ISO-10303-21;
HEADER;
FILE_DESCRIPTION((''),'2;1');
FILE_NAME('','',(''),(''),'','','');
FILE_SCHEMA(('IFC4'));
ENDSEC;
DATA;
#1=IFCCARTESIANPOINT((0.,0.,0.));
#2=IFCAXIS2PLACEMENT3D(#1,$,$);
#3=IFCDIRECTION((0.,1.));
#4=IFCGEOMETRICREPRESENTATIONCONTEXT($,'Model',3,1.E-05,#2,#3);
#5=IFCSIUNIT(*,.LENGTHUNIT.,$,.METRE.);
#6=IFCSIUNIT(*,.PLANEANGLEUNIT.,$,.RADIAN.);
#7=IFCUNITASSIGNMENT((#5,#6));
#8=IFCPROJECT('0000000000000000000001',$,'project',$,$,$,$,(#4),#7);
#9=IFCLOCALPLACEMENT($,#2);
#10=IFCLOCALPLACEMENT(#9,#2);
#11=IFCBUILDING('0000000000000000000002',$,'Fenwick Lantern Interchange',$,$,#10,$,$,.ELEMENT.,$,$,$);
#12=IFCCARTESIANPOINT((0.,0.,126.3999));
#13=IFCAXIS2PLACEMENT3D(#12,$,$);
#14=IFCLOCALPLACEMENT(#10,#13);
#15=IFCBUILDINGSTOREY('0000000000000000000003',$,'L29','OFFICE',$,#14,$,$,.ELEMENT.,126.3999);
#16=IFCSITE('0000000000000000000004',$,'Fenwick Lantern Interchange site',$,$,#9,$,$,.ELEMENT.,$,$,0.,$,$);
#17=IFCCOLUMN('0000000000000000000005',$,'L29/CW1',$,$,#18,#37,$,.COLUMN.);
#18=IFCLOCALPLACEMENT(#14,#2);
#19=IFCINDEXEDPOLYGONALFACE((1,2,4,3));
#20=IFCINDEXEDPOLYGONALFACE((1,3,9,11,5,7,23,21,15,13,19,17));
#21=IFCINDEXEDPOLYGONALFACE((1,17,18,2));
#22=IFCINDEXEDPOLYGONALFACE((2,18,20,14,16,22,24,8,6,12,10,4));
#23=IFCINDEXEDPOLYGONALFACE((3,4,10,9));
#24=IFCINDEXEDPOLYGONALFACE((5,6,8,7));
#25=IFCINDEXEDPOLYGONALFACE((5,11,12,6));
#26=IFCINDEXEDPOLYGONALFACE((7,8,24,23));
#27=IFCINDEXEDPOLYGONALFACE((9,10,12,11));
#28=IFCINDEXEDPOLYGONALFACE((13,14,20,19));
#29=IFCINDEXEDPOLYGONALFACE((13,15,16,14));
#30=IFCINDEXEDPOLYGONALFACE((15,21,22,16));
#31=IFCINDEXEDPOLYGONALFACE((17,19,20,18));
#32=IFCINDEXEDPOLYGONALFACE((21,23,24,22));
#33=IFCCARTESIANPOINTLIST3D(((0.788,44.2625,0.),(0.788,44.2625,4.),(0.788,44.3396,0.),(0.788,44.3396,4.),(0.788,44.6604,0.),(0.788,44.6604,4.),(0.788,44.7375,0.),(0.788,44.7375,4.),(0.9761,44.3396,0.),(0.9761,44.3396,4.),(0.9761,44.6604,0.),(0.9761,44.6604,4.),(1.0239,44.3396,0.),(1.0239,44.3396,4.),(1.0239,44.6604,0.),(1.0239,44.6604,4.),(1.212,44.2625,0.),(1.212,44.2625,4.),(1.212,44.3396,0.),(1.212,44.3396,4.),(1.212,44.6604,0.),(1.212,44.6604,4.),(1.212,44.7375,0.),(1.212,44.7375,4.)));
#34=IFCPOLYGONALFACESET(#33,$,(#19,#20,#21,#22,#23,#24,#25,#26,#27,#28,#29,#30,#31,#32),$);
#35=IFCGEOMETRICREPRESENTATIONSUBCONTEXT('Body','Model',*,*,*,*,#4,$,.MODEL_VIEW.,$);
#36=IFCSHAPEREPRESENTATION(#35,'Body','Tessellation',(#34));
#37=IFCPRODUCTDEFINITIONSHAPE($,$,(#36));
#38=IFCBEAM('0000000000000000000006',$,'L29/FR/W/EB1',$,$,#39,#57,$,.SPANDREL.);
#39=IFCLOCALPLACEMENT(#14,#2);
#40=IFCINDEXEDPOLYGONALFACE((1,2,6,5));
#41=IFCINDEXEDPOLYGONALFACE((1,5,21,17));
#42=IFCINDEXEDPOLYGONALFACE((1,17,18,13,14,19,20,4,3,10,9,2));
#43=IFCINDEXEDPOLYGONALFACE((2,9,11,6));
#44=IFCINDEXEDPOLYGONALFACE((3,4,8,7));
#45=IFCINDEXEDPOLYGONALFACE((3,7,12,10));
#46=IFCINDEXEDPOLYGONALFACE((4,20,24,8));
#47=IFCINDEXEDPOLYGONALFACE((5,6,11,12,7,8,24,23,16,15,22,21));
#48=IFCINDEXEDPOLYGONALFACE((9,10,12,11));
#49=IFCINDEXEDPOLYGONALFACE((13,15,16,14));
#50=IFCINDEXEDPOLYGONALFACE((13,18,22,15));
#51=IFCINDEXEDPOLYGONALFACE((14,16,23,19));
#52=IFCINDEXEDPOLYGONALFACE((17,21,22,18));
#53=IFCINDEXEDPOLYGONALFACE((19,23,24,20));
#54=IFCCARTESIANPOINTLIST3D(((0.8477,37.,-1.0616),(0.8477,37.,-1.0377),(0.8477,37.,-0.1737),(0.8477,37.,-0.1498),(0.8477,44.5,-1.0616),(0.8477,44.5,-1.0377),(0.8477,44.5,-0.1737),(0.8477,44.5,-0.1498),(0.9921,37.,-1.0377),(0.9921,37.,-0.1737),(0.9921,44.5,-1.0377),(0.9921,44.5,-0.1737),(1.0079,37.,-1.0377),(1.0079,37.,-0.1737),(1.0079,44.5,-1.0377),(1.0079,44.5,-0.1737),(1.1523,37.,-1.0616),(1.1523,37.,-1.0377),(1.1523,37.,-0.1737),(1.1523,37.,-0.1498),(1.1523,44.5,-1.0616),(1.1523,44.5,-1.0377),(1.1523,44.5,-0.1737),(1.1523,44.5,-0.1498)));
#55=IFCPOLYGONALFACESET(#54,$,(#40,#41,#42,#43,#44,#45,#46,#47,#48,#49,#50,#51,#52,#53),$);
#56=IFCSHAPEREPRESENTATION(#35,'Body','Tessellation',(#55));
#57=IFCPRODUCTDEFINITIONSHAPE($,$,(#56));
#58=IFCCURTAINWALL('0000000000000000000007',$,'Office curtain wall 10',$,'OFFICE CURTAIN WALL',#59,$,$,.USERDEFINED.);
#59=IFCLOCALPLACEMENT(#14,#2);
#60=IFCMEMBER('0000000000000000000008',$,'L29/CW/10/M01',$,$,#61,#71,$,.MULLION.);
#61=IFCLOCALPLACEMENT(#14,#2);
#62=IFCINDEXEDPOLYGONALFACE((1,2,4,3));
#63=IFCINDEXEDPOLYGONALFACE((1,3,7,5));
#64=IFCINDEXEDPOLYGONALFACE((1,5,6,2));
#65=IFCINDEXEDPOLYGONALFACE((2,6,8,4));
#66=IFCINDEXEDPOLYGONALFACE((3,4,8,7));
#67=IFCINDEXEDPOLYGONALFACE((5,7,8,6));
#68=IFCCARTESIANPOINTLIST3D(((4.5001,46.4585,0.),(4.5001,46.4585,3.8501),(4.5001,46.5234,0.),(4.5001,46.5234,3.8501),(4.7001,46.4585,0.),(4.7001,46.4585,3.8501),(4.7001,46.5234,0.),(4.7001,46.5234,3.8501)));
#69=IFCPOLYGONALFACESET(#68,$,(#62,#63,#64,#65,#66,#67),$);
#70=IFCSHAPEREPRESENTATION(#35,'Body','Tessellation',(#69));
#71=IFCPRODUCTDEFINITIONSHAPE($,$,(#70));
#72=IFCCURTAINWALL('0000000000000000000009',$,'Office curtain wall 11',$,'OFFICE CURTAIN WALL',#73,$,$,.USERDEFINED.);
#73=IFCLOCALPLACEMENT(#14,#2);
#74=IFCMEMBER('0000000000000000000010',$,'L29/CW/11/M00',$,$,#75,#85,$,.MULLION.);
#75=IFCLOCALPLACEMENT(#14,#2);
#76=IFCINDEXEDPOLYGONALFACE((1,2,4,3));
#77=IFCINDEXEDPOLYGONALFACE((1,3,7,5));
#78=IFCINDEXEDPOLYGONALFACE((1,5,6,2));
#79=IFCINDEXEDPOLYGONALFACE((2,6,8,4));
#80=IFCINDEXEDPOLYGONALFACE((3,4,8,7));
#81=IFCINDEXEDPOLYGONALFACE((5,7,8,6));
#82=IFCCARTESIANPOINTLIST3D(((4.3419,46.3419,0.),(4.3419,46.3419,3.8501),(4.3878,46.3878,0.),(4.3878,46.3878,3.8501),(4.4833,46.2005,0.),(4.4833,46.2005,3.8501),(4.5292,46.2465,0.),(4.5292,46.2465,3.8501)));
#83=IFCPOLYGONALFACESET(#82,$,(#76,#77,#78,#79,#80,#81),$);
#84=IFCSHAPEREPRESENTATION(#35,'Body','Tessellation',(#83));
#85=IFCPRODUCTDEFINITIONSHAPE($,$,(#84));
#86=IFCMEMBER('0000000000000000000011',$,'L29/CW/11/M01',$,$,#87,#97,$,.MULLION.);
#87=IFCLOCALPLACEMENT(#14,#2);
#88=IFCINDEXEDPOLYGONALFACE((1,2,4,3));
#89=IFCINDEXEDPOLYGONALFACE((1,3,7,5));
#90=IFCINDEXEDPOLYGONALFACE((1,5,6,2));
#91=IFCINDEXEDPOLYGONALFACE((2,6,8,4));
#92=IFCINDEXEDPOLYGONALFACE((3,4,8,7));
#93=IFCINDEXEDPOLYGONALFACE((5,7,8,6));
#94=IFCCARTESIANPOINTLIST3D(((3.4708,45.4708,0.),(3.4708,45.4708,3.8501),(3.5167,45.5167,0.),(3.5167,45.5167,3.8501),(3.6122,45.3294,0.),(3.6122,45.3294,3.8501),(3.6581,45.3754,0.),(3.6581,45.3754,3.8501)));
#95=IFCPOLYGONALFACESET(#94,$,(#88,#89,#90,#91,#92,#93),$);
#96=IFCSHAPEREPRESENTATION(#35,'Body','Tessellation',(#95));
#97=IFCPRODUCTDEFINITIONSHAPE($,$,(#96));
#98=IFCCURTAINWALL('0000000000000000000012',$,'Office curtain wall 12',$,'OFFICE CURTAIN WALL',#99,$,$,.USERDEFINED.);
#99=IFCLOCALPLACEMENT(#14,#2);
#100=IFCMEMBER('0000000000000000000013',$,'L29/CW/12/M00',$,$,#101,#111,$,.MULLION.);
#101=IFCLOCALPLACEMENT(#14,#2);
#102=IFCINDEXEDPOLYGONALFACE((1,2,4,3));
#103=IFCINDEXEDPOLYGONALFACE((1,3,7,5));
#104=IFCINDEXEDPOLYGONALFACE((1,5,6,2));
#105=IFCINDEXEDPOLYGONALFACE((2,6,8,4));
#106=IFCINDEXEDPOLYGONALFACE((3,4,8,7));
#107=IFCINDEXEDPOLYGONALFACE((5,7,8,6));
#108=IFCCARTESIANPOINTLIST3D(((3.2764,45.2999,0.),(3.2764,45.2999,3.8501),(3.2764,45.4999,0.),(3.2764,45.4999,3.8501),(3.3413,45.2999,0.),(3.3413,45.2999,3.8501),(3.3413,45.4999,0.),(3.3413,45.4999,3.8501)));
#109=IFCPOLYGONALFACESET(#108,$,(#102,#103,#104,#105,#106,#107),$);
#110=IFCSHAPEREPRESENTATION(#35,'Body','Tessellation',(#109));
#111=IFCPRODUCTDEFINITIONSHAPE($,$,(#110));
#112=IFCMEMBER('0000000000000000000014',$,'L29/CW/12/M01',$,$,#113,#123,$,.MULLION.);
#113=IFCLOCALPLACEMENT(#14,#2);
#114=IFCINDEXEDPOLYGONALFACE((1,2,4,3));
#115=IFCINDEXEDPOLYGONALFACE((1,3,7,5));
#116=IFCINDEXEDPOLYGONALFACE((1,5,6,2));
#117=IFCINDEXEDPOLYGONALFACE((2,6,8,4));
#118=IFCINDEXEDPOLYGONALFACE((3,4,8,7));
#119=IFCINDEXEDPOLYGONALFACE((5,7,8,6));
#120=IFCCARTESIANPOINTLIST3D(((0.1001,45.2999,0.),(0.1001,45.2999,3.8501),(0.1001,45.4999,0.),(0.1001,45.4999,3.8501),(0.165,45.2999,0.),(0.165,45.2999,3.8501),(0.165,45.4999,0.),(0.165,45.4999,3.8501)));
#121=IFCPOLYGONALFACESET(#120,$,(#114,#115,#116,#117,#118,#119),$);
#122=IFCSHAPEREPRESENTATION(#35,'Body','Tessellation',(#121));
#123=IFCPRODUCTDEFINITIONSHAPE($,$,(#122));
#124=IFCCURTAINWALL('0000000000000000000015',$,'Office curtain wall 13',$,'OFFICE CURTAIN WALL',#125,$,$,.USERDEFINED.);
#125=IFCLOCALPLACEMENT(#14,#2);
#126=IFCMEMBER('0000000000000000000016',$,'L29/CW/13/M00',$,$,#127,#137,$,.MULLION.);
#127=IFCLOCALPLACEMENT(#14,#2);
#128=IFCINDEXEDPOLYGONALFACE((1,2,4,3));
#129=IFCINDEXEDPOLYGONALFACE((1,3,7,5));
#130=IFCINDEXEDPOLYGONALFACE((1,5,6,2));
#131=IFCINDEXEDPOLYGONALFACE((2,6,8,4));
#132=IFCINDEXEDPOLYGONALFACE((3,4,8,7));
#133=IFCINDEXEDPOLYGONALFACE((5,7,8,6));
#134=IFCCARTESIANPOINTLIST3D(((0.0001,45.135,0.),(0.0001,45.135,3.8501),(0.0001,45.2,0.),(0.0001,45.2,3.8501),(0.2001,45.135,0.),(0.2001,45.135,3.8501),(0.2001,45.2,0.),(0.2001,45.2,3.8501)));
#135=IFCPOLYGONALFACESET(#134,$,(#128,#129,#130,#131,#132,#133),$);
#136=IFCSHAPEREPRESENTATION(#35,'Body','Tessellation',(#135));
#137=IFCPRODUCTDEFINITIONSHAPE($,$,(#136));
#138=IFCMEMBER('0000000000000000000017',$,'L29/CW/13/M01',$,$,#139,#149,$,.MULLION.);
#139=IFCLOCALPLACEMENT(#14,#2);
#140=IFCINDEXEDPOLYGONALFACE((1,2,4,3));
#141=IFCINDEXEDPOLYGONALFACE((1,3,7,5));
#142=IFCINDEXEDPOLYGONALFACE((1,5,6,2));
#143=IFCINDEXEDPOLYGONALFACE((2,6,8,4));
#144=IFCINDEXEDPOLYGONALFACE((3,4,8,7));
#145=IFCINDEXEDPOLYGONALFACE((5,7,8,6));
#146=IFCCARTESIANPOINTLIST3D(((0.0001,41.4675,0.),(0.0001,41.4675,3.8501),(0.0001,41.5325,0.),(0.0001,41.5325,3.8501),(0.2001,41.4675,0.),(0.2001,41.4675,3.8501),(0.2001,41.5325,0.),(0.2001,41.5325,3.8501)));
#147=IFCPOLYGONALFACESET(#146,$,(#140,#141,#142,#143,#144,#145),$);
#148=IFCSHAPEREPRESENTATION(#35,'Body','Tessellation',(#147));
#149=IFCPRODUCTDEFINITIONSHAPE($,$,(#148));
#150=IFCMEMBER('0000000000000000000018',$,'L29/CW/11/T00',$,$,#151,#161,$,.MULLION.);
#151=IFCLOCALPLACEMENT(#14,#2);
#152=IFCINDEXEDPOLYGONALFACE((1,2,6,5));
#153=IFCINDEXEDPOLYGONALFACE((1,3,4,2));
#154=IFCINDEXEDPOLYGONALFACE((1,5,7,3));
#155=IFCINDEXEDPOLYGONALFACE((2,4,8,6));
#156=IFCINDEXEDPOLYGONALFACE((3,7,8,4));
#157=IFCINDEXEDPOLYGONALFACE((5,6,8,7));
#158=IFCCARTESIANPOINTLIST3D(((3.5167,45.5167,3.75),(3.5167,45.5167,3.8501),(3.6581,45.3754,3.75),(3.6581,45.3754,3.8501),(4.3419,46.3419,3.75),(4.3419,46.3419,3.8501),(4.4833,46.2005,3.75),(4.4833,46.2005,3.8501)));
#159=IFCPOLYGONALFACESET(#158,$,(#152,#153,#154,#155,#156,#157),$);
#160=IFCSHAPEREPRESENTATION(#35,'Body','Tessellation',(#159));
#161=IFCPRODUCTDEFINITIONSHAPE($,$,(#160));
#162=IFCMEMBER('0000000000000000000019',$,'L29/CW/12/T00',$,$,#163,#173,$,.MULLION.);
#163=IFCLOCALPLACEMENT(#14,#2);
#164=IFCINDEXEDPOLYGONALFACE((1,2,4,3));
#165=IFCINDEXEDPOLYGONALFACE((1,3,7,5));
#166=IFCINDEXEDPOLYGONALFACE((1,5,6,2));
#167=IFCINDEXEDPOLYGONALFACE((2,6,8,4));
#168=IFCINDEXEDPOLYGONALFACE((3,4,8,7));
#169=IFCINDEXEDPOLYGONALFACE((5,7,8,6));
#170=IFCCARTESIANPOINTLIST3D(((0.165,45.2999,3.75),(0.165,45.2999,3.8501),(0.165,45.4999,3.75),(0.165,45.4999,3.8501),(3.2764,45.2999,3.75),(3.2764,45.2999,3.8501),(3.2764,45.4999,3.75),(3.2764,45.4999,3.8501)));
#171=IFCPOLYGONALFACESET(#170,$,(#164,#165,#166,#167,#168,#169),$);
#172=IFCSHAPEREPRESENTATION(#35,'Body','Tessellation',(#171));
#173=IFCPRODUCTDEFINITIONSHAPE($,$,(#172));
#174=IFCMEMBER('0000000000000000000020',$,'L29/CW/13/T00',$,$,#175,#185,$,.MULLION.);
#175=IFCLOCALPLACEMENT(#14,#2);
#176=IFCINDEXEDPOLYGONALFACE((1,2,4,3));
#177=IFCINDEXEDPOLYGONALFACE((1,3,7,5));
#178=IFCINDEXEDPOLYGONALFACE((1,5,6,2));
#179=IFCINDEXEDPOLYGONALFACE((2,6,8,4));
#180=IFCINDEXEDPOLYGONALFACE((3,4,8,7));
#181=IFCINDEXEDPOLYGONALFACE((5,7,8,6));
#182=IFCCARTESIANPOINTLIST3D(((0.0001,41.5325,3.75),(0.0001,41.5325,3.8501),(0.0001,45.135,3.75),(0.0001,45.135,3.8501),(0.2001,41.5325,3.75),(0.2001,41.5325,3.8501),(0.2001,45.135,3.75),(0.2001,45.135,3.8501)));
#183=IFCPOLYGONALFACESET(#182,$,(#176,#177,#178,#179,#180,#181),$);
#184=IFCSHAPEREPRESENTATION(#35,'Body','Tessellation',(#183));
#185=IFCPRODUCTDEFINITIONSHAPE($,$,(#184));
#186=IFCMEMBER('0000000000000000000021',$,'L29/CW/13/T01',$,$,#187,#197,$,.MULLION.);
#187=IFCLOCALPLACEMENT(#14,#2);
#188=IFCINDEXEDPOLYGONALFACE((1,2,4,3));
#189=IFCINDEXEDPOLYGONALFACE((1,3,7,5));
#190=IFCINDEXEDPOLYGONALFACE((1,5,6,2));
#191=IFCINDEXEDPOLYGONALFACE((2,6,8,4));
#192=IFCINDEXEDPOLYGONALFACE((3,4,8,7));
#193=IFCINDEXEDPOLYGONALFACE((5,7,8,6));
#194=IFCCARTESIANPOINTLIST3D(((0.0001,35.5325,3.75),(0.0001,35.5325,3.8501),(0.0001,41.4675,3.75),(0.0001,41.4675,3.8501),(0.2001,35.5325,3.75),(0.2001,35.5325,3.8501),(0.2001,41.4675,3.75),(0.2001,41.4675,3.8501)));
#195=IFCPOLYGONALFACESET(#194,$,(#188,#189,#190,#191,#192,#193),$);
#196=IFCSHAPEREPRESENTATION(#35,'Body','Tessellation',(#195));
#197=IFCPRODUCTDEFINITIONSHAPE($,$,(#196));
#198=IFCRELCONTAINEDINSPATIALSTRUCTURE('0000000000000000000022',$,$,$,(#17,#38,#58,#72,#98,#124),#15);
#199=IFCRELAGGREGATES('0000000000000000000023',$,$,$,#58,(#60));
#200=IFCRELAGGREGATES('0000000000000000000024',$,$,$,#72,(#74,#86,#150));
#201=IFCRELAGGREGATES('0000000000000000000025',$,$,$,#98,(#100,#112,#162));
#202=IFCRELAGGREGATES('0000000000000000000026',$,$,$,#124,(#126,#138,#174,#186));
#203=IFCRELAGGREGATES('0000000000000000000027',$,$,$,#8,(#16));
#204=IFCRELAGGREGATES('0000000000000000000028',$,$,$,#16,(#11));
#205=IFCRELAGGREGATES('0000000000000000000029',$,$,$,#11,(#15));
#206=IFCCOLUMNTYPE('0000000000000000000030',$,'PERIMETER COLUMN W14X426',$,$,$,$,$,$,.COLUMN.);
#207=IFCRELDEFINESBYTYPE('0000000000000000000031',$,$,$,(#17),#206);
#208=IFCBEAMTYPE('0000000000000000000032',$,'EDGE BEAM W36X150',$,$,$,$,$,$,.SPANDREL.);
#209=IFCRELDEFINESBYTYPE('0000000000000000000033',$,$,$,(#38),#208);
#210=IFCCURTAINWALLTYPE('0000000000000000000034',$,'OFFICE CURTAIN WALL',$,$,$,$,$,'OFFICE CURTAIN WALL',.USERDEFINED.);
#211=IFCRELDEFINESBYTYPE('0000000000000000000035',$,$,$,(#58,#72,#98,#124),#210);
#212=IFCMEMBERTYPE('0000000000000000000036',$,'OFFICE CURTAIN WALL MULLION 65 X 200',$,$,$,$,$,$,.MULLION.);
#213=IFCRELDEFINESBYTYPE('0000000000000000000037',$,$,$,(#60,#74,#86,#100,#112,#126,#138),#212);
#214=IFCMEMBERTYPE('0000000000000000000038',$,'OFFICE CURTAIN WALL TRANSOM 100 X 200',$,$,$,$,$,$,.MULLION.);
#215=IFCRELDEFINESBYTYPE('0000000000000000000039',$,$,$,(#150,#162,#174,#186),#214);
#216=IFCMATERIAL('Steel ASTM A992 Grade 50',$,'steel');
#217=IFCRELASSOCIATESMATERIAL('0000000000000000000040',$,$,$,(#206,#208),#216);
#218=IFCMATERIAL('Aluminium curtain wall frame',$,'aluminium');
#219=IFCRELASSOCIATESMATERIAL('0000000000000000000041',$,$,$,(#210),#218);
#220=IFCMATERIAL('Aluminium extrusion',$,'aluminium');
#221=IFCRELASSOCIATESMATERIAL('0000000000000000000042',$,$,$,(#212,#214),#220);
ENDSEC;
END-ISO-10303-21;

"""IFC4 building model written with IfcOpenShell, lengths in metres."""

from ifc_helpers import new_model, si_unit, direction, frame, origin, origin_2d, place, context, subcontext, project, spatial, rectangle, i_section, extrude, material, material_profile, profile_set, type_object, element, aggregate, save


model = new_model("IFC4")

# Units and contexts
model_context = context("Model", 3, precision=1e-05, world=origin(), true_north=direction((0.0, 1.0)))
body_context = subcontext(model_context, "Body", "Model", "MODEL_VIEW")
ifc_project = project(units=[si_unit("LENGTHUNIT", "METRE"), si_unit("PLANEANGLEUNIT", "RADIAN")], contexts=[model_context])

# Site, building, storey
site_placement = place(None, origin())
site = spatial("IfcSite", under=ifc_project, at=site_placement, Name="Fenwick Lantern Interchange site", CompositionType="ELEMENT", RefElevation=0.0)
building_placement = place(site_placement, origin())
building = spatial("IfcBuilding", under=site, at=building_placement, Name="Fenwick Lantern Interchange", CompositionType="ELEMENT")
storey_placement = place(building_placement, frame((0.0, 0.0, 126.3999)))
storey = spatial("IfcBuildingStorey", under=building, at=storey_placement, Name="L29", Description="OFFICE", CompositionType="ELEMENT", Elevation=126.3999)

# Column
ifc_material_1 = material(Name="Steel ASTM A992 Grade 50", Category="steel")
ifc_material_profile_1 = material_profile(ifc_material_1, i_section(OverallWidth=0.4241, OverallDepth=0.4751, WebThickness=0.0479, FlangeThickness=0.0771, at=origin_2d()), Name="W14X426")
ifc_profile_set_1 = profile_set([ifc_material_profile_1], Name="Steel ASTM A992 Grade 50")
column_type = type_object("IfcColumnType", Name="PERIMETER COLUMN W14X426", PredefinedType="COLUMN", material=ifc_profile_set_1)
column_placement = place(storey_placement, frame((1.0, 44.5, 0.0), z_axis=(0.0, 0.0, 1.0), x_axis=(1.0, 0.0, 0.0)))
element("IfcColumn", 1, at=column_placement, inside=storey, type_object=column_type, Name="L29/CW1", PredefinedType="COLUMN", context=body_context, shape_type="SweptSolid", body=[
    extrude(i_section(OverallWidth=0.4241, OverallDepth=0.4751, WebThickness=0.0479, FlangeThickness=0.0771, at=origin_2d()), origin(), (0.0, 0.0, 1.0), 4.0),
])

# Beam
ifc_material_profile_2 = material_profile(ifc_material_1, i_section(OverallWidth=0.3047, OverallDepth=0.9119, WebThickness=0.0159, FlangeThickness=0.0239, at=origin_2d()), Name="W36X150")
ifc_profile_set_2 = profile_set([ifc_material_profile_2], Name="Steel ASTM A992 Grade 50")
beam_type = type_object("IfcBeamType", Name="EDGE BEAM W36X150", PredefinedType="SPANDREL", material=ifc_profile_set_2)
beam_placement = place(storey_placement, frame((1.0, 44.5, -0.6057), z_axis=(0.0, -1.0, 0.0), x_axis=(1.0, 0.0, 0.0)))
element("IfcBeam", 2, at=beam_placement, inside=storey, type_object=beam_type, Name="L29/FR/W/EB1", PredefinedType="SPANDREL", context=body_context, shape_type="SweptSolid", body=[
    extrude(i_section(OverallWidth=0.3047, OverallDepth=0.9119, WebThickness=0.0159, FlangeThickness=0.0239, at=origin_2d()), origin(), (0.0, 0.0, 1.0), 7.5),
])

# Curtain wall, member
ifc_material_2 = material(Name="Aluminium curtain wall frame", Category="aluminium")
curtain_wall_type = type_object("IfcCurtainWallType", Name="OFFICE CURTAIN WALL", ElementType="OFFICE CURTAIN WALL", PredefinedType="USERDEFINED", material=ifc_material_2)
curtain_wall_1_placement = place(storey_placement, origin())
curtain_wall_1 = element("IfcCurtainWall", 3, at=curtain_wall_1_placement, inside=storey, type_object=curtain_wall_type, Name="Office curtain wall 10", ObjectType="OFFICE CURTAIN WALL", PredefinedType="USERDEFINED")
ifc_material_3 = material(Name="Aluminium extrusion", Category="aluminium")
ifc_material_profile_3 = material_profile(ifc_material_3, rectangle(XDim=0.2, YDim=0.0649, at=origin_2d()), Name="OFFICE CURTAIN WALL MULLION 65 X 200")
ifc_profile_set_3 = profile_set([ifc_material_profile_3], Name="Aluminium extrusion")
member_type_1 = type_object("IfcMemberType", Name="OFFICE CURTAIN WALL MULLION 65 X 200", PredefinedType="MULLION", material=ifc_profile_set_3)
member_1_placement = place(storey_placement, frame((4.6001, 46.491, 0.0), z_axis=(0.0, 0.0, 1.0), x_axis=(1.0, 0.0, 0.0)))
member_1 = element("IfcMember", 4, at=member_1_placement, type_object=member_type_1, Name="L29/CW/10/M01", PredefinedType="MULLION", context=body_context, shape_type="SweptSolid", body=[
    extrude(rectangle(XDim=0.2, YDim=0.0649, at=origin_2d()), origin(), (0.0, 0.0, 1.0), 3.8501),
])
aggregate(curtain_wall_1, [member_1])

# Curtain walls, members
curtain_wall_2_placement = place(storey_placement, origin())
curtain_wall_2 = element("IfcCurtainWall", 5, at=curtain_wall_2_placement, inside=storey, type_object=curtain_wall_type, Name="Office curtain wall 11", ObjectType="OFFICE CURTAIN WALL", PredefinedType="USERDEFINED")
member_2_placement = place(storey_placement, frame((4.4355, 46.2942, 0.0), z_axis=(0.0, 0.0, 1.0), x_axis=(0.707107, -0.707107, 0.0)))
member_2 = element("IfcMember", 6, at=member_2_placement, type_object=member_type_1, Name="L29/CW/11/M00", PredefinedType="MULLION", context=body_context, shape_type="SweptSolid", body=[
    extrude(rectangle(XDim=0.2, YDim=0.0649, at=origin_2d()), origin(), (0.0, 0.0, 1.0), 3.8501),
])
member_3_placement = place(storey_placement, frame((3.5645, 45.4231, 0.0), z_axis=(0.0, 0.0, 1.0), x_axis=(0.707107, -0.707107, 0.0)))
member_3 = element("IfcMember", 7, at=member_3_placement, type_object=member_type_1, Name="L29/CW/11/M01", PredefinedType="MULLION", context=body_context, shape_type="SweptSolid", body=[
    extrude(rectangle(XDim=0.2, YDim=0.0649, at=origin_2d()), origin(), (0.0, 0.0, 1.0), 3.8501),
])
curtain_wall_3_placement = place(storey_placement, origin())
curtain_wall_3 = element("IfcCurtainWall", 8, at=curtain_wall_3_placement, inside=storey, type_object=curtain_wall_type, Name="Office curtain wall 12", ObjectType="OFFICE CURTAIN WALL", PredefinedType="USERDEFINED")
member_4_placement = place(storey_placement, frame((3.3088, 45.3999, 0.0), z_axis=(0.0, 0.0, 1.0), x_axis=(0.0, -1.0, 0.0)))
member_4 = element("IfcMember", 9, at=member_4_placement, type_object=member_type_1, Name="L29/CW/12/M00", PredefinedType="MULLION", context=body_context, shape_type="SweptSolid", body=[
    extrude(rectangle(XDim=0.2, YDim=0.0649, at=origin_2d()), origin(), (0.0, 0.0, 1.0), 3.8501),
])
member_5_placement = place(storey_placement, frame((0.1326, 45.3999, 0.0), z_axis=(0.0, 0.0, 1.0), x_axis=(0.0, -1.0, 0.0)))
member_5 = element("IfcMember", 10, at=member_5_placement, type_object=member_type_1, Name="L29/CW/12/M01", PredefinedType="MULLION", context=body_context, shape_type="SweptSolid", body=[
    extrude(rectangle(XDim=0.2, YDim=0.0649, at=origin_2d()), origin(), (0.0, 0.0, 1.0), 3.8501),
])
curtain_wall_4_placement = place(storey_placement, origin())
curtain_wall_4 = element("IfcCurtainWall", 11, at=curtain_wall_4_placement, inside=storey, type_object=curtain_wall_type, Name="Office curtain wall 13", ObjectType="OFFICE CURTAIN WALL", PredefinedType="USERDEFINED")
member_6_placement = place(storey_placement, frame((0.1001, 45.1675, 0.0), z_axis=(0.0, 0.0, 1.0), x_axis=(1.0, 0.0, 0.0)))
member_6 = element("IfcMember", 12, at=member_6_placement, type_object=member_type_1, Name="L29/CW/13/M00", PredefinedType="MULLION", context=body_context, shape_type="SweptSolid", body=[
    extrude(rectangle(XDim=0.2, YDim=0.0649, at=origin_2d()), origin(), (0.0, 0.0, 1.0), 3.8501),
])
member_7_placement = place(storey_placement, frame((0.1001, 41.5, 0.0), z_axis=(0.0, 0.0, 1.0), x_axis=(1.0, 0.0, 0.0)))
member_7 = element("IfcMember", 13, at=member_7_placement, type_object=member_type_1, Name="L29/CW/13/M01", PredefinedType="MULLION", context=body_context, shape_type="SweptSolid", body=[
    extrude(rectangle(XDim=0.2, YDim=0.0649, at=origin_2d()), origin(), (0.0, 0.0, 1.0), 3.8501),
])

# Members
ifc_material_profile_4 = material_profile(ifc_material_3, rectangle(XDim=0.2, YDim=0.1001, at=origin_2d()), Name="OFFICE CURTAIN WALL TRANSOM 100 X 200")
ifc_profile_set_4 = profile_set([ifc_material_profile_4], Name="Aluminium extrusion")
member_type_2 = type_object("IfcMemberType", Name="OFFICE CURTAIN WALL TRANSOM 100 X 200", PredefinedType="MULLION", material=ifc_profile_set_4)
member_8_placement = place(storey_placement, frame((4.4126, 46.2712, 3.8), z_axis=(-0.707107, -0.707107, 0.0), x_axis=(0.707107, -0.707107, 0.0)))
member_8 = element("IfcMember", 14, at=member_8_placement, type_object=member_type_2, Name="L29/CW/11/T00", PredefinedType="MULLION", context=body_context, shape_type="SweptSolid", body=[
    extrude(rectangle(XDim=0.2, YDim=0.1001, at=origin_2d()), origin(), (0.0, 0.0, 1.0), 1.167),
])
member_9_placement = place(storey_placement, frame((3.2764, 45.3999, 3.8), z_axis=(-1.0, 0.0, 0.0), x_axis=(0.0, -1.0, 0.0)))
member_9 = element("IfcMember", 15, at=member_9_placement, type_object=member_type_2, Name="L29/CW/12/T00", PredefinedType="MULLION", context=body_context, shape_type="SweptSolid", body=[
    extrude(rectangle(XDim=0.2, YDim=0.1001, at=origin_2d()), origin(), (0.0, 0.0, 1.0), 3.1113),
])
member_10_placement = place(storey_placement, frame((0.1001, 45.135, 3.8), z_axis=(0.0, -1.0, 0.0), x_axis=(1.0, 0.0, 0.0)))
member_10 = element("IfcMember", 16, at=member_10_placement, type_object=member_type_2, Name="L29/CW/13/T00", PredefinedType="MULLION", context=body_context, shape_type="SweptSolid", body=[
    extrude(rectangle(XDim=0.2, YDim=0.1001, at=origin_2d()), origin(), (0.0, 0.0, 1.0), 3.6025),
])
member_11_placement = place(storey_placement, frame((0.1001, 41.4675, 3.8), z_axis=(0.0, -1.0, 0.0), x_axis=(1.0, 0.0, 0.0)))
member_11 = element("IfcMember", 17, at=member_11_placement, type_object=member_type_2, Name="L29/CW/13/T01", PredefinedType="MULLION", context=body_context, shape_type="SweptSolid", body=[
    extrude(rectangle(XDim=0.2, YDim=0.1001, at=origin_2d()), origin(), (0.0, 0.0, 1.0), 5.9351),
])

aggregate(curtain_wall_2, [member_2, member_3, member_8])
aggregate(curtain_wall_3, [member_4, member_5, member_9])
aggregate(curtain_wall_4, [member_6, member_7, member_10, member_11])

save(model, "model.ifc")
